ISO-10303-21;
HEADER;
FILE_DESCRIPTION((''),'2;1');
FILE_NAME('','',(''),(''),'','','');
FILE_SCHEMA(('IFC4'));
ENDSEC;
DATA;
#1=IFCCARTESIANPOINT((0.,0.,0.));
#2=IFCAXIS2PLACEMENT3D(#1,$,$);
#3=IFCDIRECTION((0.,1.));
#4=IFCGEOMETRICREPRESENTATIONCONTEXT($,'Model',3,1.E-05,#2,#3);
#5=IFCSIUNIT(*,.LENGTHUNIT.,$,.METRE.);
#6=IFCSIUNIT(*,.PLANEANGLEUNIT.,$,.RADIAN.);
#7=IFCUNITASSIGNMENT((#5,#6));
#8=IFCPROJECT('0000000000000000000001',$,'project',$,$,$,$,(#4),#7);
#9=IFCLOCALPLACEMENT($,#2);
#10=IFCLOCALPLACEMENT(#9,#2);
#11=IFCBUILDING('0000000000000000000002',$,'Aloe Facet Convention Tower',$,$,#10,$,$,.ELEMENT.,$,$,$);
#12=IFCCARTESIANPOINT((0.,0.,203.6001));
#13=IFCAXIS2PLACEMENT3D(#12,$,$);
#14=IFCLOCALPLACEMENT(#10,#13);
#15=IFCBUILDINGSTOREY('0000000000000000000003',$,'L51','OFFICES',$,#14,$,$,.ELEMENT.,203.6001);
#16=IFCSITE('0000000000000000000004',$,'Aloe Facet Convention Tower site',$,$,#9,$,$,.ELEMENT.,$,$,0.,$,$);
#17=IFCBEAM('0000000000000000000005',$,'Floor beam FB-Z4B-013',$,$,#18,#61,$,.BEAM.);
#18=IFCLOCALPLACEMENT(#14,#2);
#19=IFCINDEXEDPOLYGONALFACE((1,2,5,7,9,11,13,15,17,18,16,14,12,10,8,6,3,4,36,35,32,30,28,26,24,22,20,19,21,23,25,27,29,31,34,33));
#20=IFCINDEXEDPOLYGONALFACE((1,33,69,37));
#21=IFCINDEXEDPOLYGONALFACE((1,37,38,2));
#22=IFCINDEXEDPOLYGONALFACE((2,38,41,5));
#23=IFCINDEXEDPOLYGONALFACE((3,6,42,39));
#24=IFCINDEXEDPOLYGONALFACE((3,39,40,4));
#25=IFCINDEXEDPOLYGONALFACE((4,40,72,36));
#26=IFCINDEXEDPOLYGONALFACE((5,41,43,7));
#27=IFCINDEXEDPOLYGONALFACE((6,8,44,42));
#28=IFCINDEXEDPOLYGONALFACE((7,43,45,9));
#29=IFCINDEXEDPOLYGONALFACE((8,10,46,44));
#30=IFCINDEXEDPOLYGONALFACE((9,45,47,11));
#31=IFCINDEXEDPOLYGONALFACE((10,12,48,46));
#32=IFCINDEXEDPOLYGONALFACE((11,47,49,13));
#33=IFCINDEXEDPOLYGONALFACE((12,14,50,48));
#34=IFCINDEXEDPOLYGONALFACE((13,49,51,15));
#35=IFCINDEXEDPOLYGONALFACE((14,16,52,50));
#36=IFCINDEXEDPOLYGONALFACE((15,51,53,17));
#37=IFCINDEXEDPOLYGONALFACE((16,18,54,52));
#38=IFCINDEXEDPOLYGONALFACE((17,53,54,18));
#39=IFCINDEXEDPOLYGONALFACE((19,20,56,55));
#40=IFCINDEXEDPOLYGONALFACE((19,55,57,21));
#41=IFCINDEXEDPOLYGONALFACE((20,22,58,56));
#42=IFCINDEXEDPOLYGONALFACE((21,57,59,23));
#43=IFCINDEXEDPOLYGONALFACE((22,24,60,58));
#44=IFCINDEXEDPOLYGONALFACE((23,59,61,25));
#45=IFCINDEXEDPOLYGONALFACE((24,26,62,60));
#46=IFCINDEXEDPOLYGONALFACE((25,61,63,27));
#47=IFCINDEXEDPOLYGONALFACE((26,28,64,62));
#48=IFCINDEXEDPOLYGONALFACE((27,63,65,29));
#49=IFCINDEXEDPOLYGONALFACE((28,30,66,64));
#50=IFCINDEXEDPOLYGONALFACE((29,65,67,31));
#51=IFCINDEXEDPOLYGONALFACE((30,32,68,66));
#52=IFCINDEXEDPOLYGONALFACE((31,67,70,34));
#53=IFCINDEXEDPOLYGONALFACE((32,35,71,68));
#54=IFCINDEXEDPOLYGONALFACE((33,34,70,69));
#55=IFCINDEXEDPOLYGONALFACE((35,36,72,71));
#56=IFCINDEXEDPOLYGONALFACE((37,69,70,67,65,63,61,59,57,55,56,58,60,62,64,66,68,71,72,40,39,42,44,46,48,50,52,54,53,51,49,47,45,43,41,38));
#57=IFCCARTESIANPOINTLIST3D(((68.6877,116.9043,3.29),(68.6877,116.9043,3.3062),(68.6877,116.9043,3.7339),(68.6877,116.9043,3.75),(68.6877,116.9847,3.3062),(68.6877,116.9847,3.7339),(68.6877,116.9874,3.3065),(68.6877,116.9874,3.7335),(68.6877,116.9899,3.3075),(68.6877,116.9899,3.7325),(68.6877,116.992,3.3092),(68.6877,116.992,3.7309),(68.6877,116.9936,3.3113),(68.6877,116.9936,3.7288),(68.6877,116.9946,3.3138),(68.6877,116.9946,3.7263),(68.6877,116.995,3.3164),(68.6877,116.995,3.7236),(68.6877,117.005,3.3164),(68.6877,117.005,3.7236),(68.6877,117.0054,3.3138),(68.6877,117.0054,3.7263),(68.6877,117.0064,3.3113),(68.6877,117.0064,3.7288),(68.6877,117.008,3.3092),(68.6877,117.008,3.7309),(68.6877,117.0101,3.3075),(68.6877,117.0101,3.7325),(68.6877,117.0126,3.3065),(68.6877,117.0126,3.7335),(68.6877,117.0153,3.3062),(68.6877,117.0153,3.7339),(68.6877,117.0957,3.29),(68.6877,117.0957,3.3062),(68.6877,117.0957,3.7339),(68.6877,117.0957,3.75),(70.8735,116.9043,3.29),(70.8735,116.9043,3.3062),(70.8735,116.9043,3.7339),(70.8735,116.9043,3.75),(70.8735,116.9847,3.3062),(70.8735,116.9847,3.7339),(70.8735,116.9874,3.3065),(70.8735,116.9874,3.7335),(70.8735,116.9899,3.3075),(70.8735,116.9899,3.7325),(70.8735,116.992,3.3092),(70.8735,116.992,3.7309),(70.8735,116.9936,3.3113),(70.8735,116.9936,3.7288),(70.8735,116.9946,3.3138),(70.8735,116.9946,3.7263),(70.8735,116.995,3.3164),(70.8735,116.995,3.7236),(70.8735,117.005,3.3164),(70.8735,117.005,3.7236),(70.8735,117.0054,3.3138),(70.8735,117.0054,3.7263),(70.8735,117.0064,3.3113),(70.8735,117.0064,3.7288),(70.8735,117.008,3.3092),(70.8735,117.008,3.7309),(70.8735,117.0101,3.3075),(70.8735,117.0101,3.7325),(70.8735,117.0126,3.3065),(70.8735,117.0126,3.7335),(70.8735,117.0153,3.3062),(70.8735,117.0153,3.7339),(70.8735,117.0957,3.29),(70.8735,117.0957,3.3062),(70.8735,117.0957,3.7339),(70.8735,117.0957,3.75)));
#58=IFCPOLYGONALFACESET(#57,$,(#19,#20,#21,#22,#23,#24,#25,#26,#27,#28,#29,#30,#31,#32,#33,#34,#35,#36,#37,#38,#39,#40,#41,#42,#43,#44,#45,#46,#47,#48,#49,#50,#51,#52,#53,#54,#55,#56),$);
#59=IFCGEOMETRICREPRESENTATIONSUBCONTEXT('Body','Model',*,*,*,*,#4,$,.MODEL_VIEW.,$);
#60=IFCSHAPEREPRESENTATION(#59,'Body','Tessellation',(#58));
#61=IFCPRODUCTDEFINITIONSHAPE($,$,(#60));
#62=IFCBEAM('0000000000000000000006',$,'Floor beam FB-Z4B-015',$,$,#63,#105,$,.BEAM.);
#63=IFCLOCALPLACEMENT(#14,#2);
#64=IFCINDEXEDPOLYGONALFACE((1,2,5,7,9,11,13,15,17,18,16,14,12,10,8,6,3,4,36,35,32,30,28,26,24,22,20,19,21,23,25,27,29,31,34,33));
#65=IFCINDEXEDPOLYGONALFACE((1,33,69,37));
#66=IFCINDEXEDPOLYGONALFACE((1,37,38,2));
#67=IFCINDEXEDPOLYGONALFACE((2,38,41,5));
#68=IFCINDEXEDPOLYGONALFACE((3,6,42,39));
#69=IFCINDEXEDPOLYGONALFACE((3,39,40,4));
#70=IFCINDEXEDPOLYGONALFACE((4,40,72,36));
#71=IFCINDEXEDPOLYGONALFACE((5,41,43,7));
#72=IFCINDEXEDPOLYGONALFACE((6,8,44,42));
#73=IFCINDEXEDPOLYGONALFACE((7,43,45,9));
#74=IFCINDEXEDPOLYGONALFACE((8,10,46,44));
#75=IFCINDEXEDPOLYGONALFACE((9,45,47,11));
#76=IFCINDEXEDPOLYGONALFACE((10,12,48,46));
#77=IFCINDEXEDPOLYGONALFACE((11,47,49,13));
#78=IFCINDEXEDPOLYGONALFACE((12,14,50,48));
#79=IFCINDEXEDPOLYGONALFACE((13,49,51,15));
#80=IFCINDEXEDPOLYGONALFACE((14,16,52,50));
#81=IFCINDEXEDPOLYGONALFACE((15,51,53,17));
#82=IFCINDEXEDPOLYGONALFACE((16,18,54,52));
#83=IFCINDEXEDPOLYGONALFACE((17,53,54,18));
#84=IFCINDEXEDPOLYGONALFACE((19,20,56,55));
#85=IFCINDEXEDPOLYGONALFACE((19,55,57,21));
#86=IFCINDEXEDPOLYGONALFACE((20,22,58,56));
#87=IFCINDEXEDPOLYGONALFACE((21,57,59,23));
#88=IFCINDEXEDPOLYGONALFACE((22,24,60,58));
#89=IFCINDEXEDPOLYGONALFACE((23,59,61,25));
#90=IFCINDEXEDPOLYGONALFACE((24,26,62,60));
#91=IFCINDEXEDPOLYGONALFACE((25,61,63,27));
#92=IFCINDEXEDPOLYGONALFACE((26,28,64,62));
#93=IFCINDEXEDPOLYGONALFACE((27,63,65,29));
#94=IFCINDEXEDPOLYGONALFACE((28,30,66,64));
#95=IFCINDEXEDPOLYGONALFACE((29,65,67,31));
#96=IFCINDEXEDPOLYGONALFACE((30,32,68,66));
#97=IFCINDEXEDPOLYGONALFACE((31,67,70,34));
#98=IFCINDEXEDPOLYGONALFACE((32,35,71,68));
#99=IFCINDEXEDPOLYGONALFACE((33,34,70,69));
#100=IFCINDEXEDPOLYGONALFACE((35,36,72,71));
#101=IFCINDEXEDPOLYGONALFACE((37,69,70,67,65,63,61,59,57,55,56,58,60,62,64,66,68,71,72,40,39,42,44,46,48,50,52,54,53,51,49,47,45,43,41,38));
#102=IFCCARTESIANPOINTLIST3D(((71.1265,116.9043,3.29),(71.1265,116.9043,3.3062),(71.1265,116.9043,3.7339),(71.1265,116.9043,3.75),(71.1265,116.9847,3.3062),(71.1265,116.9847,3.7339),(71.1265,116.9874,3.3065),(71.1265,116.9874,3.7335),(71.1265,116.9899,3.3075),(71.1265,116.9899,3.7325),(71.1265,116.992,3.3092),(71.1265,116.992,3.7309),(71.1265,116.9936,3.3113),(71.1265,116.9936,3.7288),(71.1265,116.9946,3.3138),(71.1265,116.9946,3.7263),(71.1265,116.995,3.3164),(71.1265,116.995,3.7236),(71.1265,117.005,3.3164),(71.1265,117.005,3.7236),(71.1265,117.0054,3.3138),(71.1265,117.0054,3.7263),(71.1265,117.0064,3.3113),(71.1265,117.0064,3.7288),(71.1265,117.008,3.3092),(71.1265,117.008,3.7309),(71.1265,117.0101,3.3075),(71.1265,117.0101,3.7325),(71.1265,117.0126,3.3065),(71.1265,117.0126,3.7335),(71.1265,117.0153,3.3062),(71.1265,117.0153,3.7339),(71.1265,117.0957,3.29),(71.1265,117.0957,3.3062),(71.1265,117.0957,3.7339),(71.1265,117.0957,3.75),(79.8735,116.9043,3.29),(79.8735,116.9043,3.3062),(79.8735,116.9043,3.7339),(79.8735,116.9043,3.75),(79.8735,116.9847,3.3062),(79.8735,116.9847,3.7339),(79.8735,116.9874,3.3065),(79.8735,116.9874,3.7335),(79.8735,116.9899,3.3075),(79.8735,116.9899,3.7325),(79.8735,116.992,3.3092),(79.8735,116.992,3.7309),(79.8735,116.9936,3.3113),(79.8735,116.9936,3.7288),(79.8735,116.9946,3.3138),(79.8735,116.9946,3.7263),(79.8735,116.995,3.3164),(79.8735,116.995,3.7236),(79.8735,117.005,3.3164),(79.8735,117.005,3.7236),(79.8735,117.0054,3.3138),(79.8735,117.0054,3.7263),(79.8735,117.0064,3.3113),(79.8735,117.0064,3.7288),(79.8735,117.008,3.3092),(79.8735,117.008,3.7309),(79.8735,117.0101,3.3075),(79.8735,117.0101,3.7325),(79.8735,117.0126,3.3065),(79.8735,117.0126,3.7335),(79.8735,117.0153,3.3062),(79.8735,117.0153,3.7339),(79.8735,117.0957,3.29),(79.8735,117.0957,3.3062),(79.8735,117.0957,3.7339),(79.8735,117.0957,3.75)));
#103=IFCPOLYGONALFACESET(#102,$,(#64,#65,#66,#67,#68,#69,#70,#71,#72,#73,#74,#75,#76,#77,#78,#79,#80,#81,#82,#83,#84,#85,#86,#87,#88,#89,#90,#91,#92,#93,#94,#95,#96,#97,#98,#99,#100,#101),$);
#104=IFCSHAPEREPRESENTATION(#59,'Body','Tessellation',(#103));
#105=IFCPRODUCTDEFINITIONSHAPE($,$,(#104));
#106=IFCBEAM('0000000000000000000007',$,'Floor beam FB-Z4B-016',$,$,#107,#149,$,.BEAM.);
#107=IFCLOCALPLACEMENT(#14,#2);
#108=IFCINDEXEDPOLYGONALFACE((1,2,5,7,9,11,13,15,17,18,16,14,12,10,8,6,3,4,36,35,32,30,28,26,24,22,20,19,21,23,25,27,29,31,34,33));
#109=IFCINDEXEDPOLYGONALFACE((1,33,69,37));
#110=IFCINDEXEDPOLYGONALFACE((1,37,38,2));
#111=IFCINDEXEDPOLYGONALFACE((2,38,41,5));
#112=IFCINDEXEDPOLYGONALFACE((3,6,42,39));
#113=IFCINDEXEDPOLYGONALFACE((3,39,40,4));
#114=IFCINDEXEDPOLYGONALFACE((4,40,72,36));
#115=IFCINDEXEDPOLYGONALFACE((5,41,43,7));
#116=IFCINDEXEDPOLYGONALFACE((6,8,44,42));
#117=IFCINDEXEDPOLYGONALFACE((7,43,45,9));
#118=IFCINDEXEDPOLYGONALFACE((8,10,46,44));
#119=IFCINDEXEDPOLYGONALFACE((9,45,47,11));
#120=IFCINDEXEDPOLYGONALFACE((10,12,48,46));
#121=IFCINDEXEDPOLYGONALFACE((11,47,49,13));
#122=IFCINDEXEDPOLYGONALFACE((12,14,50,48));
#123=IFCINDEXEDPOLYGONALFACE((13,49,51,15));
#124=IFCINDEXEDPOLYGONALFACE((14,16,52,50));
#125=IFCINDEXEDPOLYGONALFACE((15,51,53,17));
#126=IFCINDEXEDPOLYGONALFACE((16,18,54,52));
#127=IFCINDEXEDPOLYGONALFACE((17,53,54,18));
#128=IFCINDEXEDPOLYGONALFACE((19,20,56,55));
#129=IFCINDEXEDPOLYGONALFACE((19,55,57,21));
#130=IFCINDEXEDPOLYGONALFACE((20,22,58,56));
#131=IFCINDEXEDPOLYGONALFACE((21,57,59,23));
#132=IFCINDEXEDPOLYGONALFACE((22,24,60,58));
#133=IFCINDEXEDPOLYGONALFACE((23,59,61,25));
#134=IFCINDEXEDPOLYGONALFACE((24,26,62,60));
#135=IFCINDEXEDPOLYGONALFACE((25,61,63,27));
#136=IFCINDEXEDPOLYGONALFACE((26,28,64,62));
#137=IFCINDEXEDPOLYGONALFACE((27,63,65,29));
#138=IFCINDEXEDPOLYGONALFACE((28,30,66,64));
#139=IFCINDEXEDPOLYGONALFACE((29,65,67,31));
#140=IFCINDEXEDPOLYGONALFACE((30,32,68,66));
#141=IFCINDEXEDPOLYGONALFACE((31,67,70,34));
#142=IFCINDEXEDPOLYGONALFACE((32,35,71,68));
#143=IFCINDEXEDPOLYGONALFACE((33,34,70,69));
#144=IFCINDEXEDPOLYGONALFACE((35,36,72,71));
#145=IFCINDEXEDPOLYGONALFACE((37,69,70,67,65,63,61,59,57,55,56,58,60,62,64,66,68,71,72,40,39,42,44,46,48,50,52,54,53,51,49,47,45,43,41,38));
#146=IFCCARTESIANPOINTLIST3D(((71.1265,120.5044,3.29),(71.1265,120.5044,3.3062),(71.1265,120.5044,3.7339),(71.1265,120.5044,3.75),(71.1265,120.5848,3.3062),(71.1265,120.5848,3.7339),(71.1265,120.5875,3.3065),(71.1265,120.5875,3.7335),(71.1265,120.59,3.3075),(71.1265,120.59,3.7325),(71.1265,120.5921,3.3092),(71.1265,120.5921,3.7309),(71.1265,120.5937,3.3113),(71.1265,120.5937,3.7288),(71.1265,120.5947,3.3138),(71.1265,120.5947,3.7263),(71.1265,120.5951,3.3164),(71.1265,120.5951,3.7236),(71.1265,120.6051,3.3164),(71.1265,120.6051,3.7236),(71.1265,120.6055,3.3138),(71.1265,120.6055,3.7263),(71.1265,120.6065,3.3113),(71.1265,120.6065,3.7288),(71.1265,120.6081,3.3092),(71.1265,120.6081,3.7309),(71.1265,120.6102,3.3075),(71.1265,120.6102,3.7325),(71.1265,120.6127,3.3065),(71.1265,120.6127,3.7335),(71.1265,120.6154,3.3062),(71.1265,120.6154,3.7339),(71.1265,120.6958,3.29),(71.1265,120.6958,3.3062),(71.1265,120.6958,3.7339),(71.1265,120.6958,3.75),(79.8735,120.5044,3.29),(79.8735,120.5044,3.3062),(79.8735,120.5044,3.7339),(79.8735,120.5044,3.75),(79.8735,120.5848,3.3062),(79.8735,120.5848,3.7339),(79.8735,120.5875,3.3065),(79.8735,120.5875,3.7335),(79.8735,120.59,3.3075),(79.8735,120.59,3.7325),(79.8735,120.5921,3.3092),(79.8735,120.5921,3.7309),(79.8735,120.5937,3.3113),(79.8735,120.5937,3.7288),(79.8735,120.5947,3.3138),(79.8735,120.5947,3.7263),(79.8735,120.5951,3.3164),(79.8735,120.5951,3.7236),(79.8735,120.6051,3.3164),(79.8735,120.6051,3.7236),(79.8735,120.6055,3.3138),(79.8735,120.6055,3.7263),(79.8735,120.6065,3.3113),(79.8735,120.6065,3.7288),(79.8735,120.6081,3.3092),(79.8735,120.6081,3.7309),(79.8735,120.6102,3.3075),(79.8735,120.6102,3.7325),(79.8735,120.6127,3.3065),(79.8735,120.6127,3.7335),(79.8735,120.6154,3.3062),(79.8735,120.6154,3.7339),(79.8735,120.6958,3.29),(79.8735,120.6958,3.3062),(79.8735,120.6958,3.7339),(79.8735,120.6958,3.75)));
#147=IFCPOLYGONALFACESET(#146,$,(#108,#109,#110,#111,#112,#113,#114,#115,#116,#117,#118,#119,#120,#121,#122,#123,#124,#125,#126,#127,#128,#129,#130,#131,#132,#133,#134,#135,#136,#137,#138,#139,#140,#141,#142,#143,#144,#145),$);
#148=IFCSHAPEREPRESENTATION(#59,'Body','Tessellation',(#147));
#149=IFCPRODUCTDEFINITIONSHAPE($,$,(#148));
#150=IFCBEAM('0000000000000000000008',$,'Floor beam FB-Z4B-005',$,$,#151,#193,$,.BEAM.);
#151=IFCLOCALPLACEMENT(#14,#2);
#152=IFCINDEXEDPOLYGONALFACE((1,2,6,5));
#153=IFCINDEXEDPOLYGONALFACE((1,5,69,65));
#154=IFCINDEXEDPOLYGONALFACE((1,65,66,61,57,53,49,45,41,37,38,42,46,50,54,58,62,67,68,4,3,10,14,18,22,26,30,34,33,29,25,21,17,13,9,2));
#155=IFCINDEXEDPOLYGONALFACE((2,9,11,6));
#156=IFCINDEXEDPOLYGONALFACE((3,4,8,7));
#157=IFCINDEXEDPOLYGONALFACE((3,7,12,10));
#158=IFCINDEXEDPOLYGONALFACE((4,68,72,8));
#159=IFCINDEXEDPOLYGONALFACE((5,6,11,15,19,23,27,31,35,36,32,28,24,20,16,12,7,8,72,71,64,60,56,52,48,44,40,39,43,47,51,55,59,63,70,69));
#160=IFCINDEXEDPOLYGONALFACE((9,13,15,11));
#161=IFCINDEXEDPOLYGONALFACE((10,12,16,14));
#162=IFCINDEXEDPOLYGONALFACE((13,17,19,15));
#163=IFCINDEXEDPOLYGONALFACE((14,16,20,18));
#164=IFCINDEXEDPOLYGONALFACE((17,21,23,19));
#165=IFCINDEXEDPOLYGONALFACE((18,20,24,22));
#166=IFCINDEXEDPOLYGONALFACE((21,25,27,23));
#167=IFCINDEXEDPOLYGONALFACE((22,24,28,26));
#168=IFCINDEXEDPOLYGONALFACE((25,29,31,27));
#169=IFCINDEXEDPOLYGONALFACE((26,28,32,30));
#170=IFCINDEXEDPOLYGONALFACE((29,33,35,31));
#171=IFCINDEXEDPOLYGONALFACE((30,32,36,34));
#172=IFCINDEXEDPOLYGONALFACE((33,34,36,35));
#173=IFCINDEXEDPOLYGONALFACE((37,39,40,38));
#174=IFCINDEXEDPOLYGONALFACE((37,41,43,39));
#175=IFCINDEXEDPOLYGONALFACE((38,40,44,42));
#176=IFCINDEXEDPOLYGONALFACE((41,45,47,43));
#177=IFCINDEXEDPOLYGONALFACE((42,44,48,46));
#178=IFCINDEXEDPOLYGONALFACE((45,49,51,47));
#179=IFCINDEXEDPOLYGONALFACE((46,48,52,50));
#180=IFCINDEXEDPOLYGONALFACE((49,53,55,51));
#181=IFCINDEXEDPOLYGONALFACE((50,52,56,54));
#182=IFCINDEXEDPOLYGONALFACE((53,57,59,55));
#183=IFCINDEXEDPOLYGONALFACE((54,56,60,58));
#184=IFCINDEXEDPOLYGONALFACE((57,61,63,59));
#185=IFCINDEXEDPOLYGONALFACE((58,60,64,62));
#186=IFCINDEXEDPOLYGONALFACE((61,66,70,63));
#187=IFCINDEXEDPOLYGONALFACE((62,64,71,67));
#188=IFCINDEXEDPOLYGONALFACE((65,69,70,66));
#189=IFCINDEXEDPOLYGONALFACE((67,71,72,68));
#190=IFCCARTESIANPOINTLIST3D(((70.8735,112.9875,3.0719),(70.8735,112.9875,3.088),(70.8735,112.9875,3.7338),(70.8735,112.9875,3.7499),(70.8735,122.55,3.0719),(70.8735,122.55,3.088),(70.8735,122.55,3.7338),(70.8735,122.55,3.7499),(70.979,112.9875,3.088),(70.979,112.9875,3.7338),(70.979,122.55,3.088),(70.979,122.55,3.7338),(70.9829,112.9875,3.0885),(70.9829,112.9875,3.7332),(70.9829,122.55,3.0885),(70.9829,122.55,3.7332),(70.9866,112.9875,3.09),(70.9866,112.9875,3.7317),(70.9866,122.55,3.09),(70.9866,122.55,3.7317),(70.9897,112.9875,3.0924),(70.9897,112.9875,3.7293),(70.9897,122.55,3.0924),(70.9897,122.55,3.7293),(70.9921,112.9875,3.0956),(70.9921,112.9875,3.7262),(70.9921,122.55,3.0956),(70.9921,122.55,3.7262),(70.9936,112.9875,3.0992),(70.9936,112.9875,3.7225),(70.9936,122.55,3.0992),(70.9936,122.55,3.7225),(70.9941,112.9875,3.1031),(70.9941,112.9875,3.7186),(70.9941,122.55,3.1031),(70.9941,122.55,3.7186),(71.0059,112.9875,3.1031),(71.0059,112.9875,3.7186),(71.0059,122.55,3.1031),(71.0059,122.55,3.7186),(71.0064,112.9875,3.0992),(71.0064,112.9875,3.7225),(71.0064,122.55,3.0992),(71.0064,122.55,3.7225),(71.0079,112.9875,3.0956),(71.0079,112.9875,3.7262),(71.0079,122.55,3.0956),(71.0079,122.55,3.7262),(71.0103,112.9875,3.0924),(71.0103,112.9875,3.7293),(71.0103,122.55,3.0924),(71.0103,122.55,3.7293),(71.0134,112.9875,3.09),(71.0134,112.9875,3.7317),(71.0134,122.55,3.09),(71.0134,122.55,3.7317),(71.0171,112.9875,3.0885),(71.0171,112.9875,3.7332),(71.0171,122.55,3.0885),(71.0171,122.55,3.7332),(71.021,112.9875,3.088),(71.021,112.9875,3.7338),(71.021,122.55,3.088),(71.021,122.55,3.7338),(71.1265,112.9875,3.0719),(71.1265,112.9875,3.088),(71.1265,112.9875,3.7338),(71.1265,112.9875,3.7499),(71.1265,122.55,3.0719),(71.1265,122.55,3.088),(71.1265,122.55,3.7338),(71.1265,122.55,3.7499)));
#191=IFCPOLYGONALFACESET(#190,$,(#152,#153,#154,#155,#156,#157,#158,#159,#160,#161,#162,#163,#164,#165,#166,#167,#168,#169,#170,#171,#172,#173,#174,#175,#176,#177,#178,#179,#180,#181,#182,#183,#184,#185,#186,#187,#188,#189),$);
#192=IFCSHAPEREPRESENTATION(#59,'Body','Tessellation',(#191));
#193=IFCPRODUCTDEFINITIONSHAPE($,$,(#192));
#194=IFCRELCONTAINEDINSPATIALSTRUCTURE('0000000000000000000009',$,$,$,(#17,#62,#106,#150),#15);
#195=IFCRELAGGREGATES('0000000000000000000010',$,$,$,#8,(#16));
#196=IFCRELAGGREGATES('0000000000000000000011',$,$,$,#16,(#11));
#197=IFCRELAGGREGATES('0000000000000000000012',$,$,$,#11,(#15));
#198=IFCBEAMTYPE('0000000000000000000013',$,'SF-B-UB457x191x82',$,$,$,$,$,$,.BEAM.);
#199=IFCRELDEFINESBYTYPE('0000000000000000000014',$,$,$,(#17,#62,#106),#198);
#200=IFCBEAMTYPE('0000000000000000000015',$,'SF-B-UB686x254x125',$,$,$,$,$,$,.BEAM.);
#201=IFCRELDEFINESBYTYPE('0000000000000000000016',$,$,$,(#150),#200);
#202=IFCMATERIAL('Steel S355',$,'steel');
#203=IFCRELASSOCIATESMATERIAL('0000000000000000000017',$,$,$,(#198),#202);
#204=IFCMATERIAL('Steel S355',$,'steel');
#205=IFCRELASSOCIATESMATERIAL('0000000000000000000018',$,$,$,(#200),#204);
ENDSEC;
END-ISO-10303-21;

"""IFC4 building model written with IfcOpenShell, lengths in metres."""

from ifc_helpers import new_model, si_unit, direction, frame, origin, origin_2d, place, context, subcontext, project, spatial, i_section, extrude, material, material_profile, profile_set, type_object, element, save


model = new_model("IFC4")

# Units and contexts
model_context = context("Model", 3, precision=1e-05, world=origin(), true_north=direction((0.0, 1.0)))
body_context = subcontext(model_context, "Body", "Model", "MODEL_VIEW")
ifc_project = project(units=[si_unit("LENGTHUNIT", "METRE"), si_unit("PLANEANGLEUNIT", "RADIAN")], contexts=[model_context])

# Site, building, storey
site_placement = place(None, origin())
site = spatial("IfcSite", under=ifc_project, at=site_placement, Name="Aloe Facet Convention Tower site", CompositionType="ELEMENT", RefElevation=0.0)
building_placement = place(site_placement, origin())
building = spatial("IfcBuilding", under=site, at=building_placement, Name="Aloe Facet Convention Tower", CompositionType="ELEMENT")
storey_placement = place(building_placement, frame((0.0, 0.0, 203.6001)))
storey = spatial("IfcBuildingStorey", under=building, at=storey_placement, Name="L51", Description="OFFICES", CompositionType="ELEMENT", Elevation=203.6001)

# Beams
ifc_material_1 = material(Name="Steel S355", Category="steel")
ifc_material_profile_1 = material_profile(ifc_material_1, i_section(OverallWidth=0.1914, OverallDepth=0.46, WebThickness=0.01, FlangeThickness=0.0161, FilletRadius=0.0103, at=origin_2d()), Name="UB 457x191x82")
ifc_profile_set_1 = profile_set([ifc_material_profile_1], Name="Steel S355")
beam_type_1 = type_object("IfcBeamType", Name="SF-B-UB457x191x82", PredefinedType="BEAM", material=ifc_profile_set_1)
beam_1_placement = place(storey_placement, frame((68.6877, 117.0, 3.52), z_axis=(1.0, 0.0, 0.0), x_axis=(0.0, 1.0, 0.0)))
element("IfcBeam", 1, at=beam_1_placement, inside=storey, type_object=beam_type_1, Name="Floor beam FB-Z4B-013", PredefinedType="BEAM", context=body_context, shape_type="SweptSolid", body=[
    extrude(i_section(OverallWidth=0.1914, OverallDepth=0.46, WebThickness=0.01, FlangeThickness=0.0161, FilletRadius=0.0103, at=origin_2d()), origin(), (0.0, 0.0, 1.0), 2.1858),
])
for number, where, z_axis, x_axis, name in (
    (2, (71.1265, 117.0, 3.52), (1.0, 0.0, 0.0), (0.0, 1.0, 0.0), "Floor beam FB-Z4B-015"),
    (3, (71.1265, 120.6001, 3.52), (1.0, 0.0, 0.0), (0.0, 1.0, 0.0), "Floor beam FB-Z4B-016"),
):
    element("IfcBeam", number, at=place(storey_placement, frame(where, z_axis=z_axis, x_axis=x_axis)), inside=storey, type_object=beam_type_1, Name=name, PredefinedType="BEAM", context=body_context, shape_type="SweptSolid", body=[
        extrude(i_section(OverallWidth=0.1914, OverallDepth=0.46, WebThickness=0.01, FlangeThickness=0.0161, FilletRadius=0.0103, at=origin_2d()), origin(), (0.0, 0.0, 1.0), 8.7471),
    ])
ifc_material_2 = material(Name="Steel S355", Category="steel")
ifc_material_profile_2 = material_profile(ifc_material_2, i_section(OverallWidth=0.2529, OverallDepth=0.678, WebThickness=0.0117, FlangeThickness=0.0161, FilletRadius=0.0151, at=origin_2d()), Name="UB 686x254x125")
ifc_profile_set_2 = profile_set([ifc_material_profile_2], Name="Steel S355")
beam_type_2 = type_object("IfcBeamType", Name="SF-B-UB686x254x125", PredefinedType="BEAM", material=ifc_profile_set_2)
beam_2_placement = place(storey_placement, frame((71.0, 122.55, 3.4109), z_axis=(0.0, -1.0, 0.0), x_axis=(1.0, 0.0, 0.0)))
element("IfcBeam", 4, at=beam_2_placement, inside=storey, type_object=beam_type_2, Name="Floor beam FB-Z4B-005", PredefinedType="BEAM", context=body_context, shape_type="SweptSolid", body=[
    extrude(i_section(OverallWidth=0.2529, OverallDepth=0.678, WebThickness=0.0117, FlangeThickness=0.0161, FilletRadius=0.0151, at=origin_2d()), origin(), (0.0, 0.0, 1.0), 9.5625),
])

save(model, "model.ifc")
